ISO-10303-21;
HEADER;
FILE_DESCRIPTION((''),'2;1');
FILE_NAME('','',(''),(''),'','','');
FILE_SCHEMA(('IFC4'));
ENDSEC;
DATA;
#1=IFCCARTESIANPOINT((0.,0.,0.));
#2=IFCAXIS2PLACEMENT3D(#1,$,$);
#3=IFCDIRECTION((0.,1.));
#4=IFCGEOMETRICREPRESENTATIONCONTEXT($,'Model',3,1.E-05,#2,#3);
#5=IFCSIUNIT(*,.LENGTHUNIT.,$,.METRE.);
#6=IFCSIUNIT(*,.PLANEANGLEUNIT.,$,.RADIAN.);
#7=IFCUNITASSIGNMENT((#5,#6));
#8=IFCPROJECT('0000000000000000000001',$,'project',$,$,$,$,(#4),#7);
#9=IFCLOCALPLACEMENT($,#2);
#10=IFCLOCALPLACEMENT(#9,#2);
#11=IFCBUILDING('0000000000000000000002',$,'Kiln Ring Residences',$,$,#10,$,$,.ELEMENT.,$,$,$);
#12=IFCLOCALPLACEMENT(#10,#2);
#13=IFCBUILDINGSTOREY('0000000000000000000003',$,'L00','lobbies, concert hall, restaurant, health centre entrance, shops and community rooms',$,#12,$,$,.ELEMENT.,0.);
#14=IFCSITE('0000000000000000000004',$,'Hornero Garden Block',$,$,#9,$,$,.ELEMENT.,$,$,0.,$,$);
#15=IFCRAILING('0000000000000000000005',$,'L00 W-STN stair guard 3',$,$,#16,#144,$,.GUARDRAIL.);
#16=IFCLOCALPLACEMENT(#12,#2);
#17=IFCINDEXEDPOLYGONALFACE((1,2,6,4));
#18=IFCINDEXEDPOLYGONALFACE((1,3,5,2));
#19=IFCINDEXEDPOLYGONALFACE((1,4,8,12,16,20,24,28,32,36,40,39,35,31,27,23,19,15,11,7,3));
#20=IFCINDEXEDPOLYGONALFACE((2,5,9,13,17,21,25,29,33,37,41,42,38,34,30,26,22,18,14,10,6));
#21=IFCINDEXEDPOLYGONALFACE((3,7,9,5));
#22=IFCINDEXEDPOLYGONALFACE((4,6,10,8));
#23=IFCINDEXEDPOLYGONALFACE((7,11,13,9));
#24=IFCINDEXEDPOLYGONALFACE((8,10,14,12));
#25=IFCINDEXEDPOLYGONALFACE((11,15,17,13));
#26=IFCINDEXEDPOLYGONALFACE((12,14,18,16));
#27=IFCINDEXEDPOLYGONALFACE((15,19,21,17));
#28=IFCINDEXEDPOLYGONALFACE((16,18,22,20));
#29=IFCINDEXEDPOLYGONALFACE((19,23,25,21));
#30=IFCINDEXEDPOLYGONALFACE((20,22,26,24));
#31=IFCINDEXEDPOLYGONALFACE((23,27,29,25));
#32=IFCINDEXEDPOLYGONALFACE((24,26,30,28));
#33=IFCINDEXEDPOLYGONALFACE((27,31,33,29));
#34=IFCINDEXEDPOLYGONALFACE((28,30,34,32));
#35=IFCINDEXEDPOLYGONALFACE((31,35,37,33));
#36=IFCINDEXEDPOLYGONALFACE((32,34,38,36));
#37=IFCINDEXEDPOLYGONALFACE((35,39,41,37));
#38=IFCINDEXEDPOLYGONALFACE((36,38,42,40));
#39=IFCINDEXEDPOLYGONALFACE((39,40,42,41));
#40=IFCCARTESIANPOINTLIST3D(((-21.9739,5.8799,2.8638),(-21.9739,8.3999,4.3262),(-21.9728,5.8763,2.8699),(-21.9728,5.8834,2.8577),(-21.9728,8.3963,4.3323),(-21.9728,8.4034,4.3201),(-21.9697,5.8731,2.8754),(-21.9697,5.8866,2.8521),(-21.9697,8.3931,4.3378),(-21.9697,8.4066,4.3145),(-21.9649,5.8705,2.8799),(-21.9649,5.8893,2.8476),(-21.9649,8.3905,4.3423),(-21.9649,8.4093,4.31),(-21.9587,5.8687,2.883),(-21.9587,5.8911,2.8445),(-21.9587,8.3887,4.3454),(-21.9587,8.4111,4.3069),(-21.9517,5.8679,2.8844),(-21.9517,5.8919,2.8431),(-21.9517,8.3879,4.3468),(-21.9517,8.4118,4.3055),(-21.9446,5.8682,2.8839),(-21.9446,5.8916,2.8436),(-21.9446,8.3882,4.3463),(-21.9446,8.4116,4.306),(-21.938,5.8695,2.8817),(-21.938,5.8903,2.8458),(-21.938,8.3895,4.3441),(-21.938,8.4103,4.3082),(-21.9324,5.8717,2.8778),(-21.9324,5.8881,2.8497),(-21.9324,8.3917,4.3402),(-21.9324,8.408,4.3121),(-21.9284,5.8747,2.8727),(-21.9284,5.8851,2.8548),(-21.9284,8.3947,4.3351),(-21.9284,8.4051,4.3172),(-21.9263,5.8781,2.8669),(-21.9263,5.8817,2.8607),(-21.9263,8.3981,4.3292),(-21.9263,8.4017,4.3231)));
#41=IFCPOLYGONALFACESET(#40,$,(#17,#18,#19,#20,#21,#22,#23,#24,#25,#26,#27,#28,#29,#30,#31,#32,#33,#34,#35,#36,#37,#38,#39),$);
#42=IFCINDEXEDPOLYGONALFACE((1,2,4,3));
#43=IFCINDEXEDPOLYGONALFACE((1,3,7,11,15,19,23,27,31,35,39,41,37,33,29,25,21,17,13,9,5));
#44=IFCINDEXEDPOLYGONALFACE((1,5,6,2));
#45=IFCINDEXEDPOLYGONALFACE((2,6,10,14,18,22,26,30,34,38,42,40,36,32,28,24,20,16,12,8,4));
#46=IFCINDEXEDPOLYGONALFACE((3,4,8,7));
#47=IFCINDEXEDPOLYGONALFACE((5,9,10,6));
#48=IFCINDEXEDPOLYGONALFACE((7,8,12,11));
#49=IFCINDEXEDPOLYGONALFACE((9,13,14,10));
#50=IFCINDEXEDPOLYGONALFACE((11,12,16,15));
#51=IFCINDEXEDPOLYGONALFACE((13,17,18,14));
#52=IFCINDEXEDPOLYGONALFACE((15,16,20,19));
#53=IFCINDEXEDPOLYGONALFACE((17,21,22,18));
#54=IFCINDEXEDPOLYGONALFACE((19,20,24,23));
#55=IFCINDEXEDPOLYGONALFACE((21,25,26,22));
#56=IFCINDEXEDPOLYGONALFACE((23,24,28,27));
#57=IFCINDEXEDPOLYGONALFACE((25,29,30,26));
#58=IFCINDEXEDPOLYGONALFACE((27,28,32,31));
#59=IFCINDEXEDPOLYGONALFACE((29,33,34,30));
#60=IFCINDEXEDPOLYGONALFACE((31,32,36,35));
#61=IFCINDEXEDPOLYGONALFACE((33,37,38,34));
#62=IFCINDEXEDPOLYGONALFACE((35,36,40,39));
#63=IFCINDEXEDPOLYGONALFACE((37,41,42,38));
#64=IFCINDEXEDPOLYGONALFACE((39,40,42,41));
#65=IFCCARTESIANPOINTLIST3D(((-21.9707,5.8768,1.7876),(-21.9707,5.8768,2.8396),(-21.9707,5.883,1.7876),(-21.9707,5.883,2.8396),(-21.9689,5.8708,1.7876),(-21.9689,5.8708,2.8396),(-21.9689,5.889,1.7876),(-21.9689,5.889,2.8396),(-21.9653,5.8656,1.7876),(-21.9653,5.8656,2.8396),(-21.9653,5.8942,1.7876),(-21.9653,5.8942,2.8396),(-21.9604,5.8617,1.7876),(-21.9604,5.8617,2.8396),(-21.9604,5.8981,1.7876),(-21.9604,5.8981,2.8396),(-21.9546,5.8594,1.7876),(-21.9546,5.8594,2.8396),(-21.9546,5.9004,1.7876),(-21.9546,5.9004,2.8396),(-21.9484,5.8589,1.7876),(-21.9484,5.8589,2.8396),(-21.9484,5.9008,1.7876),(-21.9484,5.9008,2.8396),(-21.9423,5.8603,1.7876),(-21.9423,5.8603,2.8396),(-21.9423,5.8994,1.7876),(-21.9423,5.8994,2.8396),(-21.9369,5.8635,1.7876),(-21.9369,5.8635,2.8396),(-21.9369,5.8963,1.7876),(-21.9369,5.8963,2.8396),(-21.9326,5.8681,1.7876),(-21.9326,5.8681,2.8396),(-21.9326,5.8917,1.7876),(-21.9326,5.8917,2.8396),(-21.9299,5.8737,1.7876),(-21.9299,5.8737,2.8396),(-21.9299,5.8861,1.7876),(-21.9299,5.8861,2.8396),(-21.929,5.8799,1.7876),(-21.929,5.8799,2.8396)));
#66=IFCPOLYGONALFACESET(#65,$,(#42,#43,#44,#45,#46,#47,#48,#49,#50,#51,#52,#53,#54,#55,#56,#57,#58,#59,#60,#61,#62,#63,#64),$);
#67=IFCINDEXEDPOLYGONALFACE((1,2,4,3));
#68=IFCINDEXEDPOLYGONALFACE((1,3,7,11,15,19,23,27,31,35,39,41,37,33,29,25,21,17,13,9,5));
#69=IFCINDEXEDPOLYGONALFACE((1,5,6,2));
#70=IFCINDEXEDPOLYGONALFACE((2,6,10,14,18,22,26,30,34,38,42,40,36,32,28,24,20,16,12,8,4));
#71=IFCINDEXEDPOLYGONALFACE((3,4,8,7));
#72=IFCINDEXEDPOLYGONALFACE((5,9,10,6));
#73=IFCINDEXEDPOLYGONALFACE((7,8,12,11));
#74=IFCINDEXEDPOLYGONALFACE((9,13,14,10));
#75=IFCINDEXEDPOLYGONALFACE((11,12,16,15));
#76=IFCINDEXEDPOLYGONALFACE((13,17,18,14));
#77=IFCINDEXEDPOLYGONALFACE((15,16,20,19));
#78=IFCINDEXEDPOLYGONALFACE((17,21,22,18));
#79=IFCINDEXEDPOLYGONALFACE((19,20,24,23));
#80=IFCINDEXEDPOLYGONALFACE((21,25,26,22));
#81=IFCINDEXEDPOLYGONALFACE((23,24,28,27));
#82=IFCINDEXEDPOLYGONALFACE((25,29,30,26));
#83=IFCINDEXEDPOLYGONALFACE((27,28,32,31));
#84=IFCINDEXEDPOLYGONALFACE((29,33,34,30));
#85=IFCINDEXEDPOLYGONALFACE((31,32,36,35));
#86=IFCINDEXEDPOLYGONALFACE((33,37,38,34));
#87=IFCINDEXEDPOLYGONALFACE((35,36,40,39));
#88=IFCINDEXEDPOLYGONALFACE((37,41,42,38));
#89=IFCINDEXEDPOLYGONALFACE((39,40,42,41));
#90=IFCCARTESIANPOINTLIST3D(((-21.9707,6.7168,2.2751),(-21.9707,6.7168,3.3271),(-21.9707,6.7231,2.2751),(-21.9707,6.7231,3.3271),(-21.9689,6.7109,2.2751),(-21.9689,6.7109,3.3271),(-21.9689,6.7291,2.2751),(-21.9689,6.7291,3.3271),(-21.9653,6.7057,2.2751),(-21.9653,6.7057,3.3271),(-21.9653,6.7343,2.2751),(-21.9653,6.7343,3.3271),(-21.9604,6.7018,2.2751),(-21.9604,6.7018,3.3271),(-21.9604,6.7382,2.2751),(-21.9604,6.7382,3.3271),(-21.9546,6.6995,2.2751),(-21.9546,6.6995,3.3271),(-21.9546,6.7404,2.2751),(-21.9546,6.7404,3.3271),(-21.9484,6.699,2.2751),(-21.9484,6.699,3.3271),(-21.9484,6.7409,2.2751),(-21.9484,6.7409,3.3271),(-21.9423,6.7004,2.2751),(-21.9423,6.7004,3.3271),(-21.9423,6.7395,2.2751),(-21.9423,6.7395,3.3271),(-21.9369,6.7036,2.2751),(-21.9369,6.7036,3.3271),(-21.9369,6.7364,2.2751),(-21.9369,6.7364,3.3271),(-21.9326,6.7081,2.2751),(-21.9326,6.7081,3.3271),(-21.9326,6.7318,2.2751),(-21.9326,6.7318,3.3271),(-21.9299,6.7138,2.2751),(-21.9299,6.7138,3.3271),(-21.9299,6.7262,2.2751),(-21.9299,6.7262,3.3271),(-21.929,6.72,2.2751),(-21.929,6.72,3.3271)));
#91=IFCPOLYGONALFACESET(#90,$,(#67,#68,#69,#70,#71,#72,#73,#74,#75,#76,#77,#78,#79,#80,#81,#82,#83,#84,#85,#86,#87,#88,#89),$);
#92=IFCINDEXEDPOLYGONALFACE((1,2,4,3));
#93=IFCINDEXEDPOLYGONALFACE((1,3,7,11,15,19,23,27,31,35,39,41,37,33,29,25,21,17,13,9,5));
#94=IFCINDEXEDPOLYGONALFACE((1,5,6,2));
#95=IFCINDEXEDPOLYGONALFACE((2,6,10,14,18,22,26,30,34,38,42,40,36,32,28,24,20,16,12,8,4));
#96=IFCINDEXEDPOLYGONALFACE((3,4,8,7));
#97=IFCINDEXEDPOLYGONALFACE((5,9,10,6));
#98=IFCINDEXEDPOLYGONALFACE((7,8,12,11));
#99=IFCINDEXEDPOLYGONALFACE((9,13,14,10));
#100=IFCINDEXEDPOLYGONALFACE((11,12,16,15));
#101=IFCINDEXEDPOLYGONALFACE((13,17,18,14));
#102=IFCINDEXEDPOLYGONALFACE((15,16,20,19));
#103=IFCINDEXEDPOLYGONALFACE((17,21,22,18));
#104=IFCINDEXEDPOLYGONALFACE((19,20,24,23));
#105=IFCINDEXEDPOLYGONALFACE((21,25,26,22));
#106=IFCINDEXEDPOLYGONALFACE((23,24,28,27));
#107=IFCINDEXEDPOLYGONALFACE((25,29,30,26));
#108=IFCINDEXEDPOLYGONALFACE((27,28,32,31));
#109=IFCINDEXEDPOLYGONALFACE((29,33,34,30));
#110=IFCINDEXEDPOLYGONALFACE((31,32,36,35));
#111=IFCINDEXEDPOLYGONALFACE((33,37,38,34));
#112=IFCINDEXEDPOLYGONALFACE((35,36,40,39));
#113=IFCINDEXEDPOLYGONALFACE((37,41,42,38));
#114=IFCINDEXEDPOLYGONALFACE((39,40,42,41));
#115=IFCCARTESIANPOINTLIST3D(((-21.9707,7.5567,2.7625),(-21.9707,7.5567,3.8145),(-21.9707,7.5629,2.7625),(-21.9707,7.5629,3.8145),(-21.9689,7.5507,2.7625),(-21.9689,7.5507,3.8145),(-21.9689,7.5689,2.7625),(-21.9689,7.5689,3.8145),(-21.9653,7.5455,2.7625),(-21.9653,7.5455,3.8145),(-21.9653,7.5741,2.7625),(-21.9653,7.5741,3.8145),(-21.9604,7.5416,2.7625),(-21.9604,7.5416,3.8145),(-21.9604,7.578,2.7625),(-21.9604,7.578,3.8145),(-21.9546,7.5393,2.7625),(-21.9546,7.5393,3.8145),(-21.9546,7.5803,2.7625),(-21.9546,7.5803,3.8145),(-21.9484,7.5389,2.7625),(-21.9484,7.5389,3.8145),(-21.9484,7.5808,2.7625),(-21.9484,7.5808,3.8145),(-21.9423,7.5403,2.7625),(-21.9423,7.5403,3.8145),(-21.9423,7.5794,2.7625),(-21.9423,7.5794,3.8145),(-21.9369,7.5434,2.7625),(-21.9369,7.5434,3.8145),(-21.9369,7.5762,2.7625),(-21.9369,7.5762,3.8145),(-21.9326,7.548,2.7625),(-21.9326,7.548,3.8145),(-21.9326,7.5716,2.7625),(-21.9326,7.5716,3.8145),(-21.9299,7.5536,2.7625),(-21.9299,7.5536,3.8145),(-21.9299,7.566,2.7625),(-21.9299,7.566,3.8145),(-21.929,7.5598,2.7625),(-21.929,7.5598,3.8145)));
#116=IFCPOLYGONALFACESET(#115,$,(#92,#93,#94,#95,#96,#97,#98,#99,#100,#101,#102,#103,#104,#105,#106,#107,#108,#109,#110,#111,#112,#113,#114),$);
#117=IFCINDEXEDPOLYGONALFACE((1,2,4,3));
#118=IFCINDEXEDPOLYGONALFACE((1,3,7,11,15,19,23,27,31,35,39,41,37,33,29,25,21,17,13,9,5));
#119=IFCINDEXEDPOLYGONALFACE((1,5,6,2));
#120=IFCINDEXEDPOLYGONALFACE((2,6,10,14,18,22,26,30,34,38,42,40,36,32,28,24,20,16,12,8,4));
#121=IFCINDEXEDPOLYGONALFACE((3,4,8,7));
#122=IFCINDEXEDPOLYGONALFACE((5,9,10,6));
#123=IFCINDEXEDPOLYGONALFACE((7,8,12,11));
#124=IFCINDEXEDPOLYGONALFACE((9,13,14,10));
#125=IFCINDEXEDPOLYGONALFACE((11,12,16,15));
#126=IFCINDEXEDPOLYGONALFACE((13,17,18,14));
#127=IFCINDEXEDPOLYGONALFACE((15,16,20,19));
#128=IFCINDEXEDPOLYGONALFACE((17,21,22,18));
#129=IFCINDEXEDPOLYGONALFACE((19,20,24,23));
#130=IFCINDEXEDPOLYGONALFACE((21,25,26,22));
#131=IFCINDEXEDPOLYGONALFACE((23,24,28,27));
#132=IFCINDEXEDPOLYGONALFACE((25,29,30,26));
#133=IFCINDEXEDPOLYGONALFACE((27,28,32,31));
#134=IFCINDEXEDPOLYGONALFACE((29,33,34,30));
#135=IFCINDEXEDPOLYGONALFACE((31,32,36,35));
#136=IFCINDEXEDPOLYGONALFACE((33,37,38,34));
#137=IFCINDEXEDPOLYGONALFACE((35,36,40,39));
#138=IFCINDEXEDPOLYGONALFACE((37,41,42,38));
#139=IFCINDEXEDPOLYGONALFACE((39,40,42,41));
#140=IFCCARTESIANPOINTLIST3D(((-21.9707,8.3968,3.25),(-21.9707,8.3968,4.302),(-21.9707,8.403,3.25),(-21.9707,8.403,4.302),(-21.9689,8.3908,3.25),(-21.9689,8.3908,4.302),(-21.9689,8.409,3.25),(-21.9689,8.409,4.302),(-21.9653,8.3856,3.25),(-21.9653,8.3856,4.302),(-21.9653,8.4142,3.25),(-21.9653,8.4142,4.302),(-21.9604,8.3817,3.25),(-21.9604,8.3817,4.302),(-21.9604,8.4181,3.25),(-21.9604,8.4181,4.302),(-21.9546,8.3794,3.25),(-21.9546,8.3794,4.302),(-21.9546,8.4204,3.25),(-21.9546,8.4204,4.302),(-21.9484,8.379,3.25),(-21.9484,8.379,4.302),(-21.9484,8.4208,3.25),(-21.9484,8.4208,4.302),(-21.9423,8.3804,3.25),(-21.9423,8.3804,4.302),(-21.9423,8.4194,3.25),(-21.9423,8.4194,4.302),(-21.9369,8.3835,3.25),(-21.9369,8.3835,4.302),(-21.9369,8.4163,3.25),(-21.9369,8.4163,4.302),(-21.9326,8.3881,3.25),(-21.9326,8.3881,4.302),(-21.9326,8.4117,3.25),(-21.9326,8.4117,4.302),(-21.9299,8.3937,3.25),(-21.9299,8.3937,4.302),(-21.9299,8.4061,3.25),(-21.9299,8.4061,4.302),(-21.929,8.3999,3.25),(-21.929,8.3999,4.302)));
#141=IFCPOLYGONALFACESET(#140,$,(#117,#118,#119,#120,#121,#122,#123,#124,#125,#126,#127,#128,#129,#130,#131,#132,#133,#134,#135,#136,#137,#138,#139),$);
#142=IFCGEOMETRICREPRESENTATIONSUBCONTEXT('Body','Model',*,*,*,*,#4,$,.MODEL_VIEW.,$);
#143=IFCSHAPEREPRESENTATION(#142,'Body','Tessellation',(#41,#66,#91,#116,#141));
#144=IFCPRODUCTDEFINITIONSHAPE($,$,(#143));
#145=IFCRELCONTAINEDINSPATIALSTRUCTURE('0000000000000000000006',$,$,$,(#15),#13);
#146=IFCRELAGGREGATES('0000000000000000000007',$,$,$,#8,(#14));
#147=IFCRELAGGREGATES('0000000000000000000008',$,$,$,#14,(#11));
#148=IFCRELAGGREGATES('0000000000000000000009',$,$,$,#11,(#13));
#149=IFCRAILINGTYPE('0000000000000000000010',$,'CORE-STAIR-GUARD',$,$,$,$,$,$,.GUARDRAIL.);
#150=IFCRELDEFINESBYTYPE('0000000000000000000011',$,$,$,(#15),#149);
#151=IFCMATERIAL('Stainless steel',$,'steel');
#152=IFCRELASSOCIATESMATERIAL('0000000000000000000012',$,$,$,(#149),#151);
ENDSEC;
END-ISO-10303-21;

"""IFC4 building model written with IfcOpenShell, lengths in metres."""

from ifc_helpers import new_model, si_unit, direction, frame, origin, origin_2d, place, context, subcontext, project, spatial, circle, extrude, material, type_object, element, save


model = new_model("IFC4")

# Units and contexts
model_context = context("Model", 3, precision=1e-05, world=origin(), true_north=direction((0.0, 1.0)))
body_context = subcontext(model_context, "Body", "Model", "MODEL_VIEW")
ifc_project = project(units=[si_unit("LENGTHUNIT", "METRE"), si_unit("PLANEANGLEUNIT", "RADIAN")], contexts=[model_context])

# Site, building, storey
site_placement = place(None, origin())
site = spatial("IfcSite", under=ifc_project, at=site_placement, Name="Hornero Garden Block", CompositionType="ELEMENT", RefElevation=0.0)
building_placement = place(site_placement, origin())
building = spatial("IfcBuilding", under=site, at=building_placement, Name="Kiln Ring Residences", CompositionType="ELEMENT")
storey_placement = place(building_placement, origin())
storey = spatial("IfcBuildingStorey", under=building, at=storey_placement, Name="L00", Description="lobbies, concert hall, restaurant, health centre entrance, shops and community rooms", CompositionType="ELEMENT", Elevation=0.0)

# Railing
ifc_material_1 = material(Name="Stainless steel", Category="steel")
railing_type_1 = type_object("IfcRailingType", Name="CORE-STAIR-GUARD", PredefinedType="GUARDRAIL", material=ifc_material_1)
railing_1_placement = place(storey_placement, frame((-21.95, 5.8799, 1.7876)))
element("IfcRailing", 1, at=railing_1_placement, inside=storey, type_object=railing_type_1, Name="L00 W-STN stair guard 3", PredefinedType="GUARDRAIL", context=body_context, shape_type="SweptSolid", body=[
    extrude(circle(Radius=0.0239, at=origin_2d()), frame((0.0, 0.0, 1.0762), z_axis=(0.0, 0.864913, 0.501921), x_axis=(-1.0, 0.0, 0.0)), (0.0, 0.0, 1.0), 2.9136),
    extrude(circle(Radius=0.021, at=origin_2d()), origin(), (0.0, 0.0, 1.0), 1.052),
    extrude(circle(Radius=0.021, at=origin_2d()), frame((0.0, 0.8401, 0.4875)), (0.0, 0.0, 1.0), 1.052),
    extrude(circle(Radius=0.021, at=origin_2d()), frame((0.0, 1.6799, 0.9749)), (0.0, 0.0, 1.0), 1.052),
    extrude(circle(Radius=0.021, at=origin_2d()), frame((0.0, 2.52, 1.4624)), (0.0, 0.0, 1.0), 1.052),
])

save(model, "model.ifc")
